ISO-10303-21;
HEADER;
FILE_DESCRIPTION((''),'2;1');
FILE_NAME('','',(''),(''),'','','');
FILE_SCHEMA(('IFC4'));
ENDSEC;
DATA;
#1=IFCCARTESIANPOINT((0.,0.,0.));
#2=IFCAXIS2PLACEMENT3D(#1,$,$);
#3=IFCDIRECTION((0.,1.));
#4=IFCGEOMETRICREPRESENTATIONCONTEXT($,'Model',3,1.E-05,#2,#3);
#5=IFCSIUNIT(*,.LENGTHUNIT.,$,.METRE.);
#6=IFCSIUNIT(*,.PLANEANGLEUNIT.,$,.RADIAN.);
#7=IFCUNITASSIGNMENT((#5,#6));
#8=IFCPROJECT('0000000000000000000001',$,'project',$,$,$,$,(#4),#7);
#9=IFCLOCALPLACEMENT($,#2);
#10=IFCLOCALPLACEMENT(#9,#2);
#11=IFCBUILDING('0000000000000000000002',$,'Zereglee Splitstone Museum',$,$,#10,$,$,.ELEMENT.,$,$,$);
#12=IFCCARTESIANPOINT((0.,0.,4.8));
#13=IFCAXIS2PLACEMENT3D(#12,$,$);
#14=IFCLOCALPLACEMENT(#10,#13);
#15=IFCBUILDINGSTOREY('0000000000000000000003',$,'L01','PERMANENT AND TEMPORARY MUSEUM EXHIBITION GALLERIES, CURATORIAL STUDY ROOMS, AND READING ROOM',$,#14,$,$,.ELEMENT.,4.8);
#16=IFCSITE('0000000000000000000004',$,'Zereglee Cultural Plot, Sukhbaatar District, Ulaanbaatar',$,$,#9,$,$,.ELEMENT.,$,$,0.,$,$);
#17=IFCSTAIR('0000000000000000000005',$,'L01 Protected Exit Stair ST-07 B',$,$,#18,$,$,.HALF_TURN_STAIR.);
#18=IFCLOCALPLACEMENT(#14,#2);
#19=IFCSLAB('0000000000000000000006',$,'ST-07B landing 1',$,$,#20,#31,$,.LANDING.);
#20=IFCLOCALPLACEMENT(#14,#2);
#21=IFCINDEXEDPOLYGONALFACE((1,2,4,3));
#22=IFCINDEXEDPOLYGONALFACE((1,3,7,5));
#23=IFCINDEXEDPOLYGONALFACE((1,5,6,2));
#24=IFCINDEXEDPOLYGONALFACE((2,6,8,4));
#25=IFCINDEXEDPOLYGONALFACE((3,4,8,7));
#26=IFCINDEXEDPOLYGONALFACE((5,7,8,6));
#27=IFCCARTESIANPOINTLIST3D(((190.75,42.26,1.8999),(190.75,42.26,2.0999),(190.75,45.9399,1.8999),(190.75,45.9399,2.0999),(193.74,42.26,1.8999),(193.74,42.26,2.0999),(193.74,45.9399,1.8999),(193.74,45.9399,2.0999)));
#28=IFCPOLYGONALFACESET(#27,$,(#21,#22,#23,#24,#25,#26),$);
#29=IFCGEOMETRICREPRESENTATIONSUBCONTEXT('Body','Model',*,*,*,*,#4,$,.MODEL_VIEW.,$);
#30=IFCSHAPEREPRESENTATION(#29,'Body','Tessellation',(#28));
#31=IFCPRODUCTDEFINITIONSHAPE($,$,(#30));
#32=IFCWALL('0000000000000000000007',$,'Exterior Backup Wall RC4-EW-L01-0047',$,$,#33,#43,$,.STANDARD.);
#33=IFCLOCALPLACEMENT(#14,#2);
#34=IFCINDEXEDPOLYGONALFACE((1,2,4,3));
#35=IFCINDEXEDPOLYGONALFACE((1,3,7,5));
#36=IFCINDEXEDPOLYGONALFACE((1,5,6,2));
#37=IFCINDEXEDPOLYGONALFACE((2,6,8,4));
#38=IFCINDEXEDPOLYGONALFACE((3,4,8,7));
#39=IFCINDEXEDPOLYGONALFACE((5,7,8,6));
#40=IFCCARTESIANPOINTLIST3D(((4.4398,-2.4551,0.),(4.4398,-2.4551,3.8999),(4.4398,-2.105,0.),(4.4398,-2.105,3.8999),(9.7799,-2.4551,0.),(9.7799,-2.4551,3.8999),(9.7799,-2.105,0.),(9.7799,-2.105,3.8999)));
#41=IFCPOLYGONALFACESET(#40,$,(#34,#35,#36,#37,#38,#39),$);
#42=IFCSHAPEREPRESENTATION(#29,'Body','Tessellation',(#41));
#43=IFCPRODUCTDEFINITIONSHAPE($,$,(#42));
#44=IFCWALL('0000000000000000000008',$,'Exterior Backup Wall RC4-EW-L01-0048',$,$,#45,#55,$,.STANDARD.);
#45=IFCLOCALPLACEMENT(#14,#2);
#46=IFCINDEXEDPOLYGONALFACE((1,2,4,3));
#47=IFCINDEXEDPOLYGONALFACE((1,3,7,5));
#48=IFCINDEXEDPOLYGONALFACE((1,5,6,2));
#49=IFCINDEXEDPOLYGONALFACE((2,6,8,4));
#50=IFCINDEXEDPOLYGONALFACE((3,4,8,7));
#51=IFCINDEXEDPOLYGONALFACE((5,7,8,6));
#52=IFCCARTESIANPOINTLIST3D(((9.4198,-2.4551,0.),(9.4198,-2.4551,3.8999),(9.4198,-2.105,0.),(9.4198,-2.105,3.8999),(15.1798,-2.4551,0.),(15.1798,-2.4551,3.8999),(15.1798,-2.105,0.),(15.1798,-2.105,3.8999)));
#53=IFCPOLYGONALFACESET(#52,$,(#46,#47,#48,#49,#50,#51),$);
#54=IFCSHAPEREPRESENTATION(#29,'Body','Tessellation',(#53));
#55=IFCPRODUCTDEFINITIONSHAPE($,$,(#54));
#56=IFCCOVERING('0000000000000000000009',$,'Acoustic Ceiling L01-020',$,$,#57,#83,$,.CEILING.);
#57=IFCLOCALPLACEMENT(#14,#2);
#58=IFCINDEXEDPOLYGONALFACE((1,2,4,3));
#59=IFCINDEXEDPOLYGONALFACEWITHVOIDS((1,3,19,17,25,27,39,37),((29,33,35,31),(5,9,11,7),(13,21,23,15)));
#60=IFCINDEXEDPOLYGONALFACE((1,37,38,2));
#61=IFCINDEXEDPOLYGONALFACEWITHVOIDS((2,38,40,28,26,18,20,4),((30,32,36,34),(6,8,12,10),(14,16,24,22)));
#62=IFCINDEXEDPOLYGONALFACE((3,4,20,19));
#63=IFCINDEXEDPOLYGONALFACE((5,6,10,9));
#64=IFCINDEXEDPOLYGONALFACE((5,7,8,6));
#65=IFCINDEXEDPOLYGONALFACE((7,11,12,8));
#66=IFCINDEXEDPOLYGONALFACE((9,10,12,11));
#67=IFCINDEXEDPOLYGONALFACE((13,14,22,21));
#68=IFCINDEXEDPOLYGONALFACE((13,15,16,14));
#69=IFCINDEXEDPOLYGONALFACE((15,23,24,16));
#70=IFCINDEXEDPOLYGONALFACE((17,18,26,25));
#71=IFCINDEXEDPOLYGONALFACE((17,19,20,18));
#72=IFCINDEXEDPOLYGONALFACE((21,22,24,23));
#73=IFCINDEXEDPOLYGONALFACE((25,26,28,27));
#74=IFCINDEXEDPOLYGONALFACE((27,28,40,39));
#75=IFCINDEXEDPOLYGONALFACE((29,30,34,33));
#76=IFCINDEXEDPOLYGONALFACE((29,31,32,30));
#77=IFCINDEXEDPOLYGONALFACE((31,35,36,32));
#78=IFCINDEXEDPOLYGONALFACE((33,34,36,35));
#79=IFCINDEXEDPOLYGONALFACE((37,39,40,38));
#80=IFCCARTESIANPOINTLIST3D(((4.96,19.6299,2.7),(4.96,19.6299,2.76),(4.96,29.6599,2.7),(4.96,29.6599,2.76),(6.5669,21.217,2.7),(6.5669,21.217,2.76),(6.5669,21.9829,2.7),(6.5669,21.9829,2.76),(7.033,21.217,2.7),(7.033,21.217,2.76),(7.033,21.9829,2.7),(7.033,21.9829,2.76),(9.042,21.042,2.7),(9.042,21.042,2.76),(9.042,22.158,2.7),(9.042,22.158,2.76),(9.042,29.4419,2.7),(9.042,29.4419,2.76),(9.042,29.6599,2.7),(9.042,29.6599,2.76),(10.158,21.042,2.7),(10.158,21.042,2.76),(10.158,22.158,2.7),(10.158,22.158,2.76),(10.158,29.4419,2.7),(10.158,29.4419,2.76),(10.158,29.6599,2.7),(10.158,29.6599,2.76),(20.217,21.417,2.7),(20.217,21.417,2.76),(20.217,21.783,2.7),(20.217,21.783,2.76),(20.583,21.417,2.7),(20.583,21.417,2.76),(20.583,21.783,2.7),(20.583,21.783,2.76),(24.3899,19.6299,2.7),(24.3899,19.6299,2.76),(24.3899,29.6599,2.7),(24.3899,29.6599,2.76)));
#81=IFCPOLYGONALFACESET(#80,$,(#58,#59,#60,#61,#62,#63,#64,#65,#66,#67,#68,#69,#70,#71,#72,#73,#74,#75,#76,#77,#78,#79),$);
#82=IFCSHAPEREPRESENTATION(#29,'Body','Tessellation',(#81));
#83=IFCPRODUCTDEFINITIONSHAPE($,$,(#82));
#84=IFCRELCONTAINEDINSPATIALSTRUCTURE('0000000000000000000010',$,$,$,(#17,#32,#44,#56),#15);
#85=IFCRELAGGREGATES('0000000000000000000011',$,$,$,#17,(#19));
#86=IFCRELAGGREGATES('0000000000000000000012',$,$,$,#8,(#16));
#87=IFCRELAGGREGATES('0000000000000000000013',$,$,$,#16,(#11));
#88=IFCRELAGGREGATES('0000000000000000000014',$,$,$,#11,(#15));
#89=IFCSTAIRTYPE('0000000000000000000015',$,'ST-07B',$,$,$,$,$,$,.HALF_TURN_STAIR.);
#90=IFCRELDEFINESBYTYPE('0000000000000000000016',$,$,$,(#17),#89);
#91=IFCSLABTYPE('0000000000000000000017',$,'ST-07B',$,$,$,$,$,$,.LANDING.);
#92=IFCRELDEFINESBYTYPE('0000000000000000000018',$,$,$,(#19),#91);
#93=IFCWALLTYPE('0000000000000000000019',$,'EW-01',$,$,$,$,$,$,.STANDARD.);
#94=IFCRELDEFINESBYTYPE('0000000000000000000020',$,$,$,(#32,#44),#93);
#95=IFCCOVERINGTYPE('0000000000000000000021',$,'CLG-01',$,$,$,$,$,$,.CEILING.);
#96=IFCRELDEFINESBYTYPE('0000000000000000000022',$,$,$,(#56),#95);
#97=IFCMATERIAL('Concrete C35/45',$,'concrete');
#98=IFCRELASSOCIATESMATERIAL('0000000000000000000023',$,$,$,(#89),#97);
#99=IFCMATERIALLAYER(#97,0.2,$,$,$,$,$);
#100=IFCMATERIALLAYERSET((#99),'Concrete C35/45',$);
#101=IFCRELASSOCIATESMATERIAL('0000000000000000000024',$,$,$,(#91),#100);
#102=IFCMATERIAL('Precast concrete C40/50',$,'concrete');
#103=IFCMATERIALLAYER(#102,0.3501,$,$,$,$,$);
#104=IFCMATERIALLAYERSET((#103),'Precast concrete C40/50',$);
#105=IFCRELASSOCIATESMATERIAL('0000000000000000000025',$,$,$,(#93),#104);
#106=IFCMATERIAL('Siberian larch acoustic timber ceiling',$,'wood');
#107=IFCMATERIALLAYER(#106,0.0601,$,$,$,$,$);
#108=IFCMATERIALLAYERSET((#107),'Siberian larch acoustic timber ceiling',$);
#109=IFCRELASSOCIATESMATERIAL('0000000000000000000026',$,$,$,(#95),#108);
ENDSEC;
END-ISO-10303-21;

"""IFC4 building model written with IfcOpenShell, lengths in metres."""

from ifc_helpers import new_model, si_unit, direction, frame, frame_2d, origin, place, context, subcontext, project, spatial, polyline, rectangle, outline, extrude, material, layer, layer_set, type_object, element, aggregate, save


model = new_model("IFC4")

# Units and contexts
model_context = context("Model", 3, precision=1e-05, world=origin(), true_north=direction((0.0, 1.0)))
body_context = subcontext(model_context, "Body", "Model", "MODEL_VIEW")
ifc_project = project(units=[si_unit("LENGTHUNIT", "METRE"), si_unit("PLANEANGLEUNIT", "RADIAN")], contexts=[model_context])

# Site, building, storey
site_placement = place(None, origin())
site = spatial("IfcSite", under=ifc_project, at=site_placement, Name="Zereglee Cultural Plot, Sukhbaatar District, Ulaanbaatar", CompositionType="ELEMENT", RefElevation=0.0)
building_placement = place(site_placement, origin())
building = spatial("IfcBuilding", under=site, at=building_placement, Name="Zereglee Splitstone Museum", CompositionType="ELEMENT")
storey_placement = place(building_placement, frame((0.0, 0.0, 4.8)))
storey = spatial("IfcBuildingStorey", under=building, at=storey_placement, Name="L01", Description="PERMANENT AND TEMPORARY MUSEUM EXHIBITION GALLERIES, CURATORIAL STUDY ROOMS, AND READING ROOM", CompositionType="ELEMENT", Elevation=4.8)

# Stair, slab
ifc_material_1 = material(Name="Concrete C35/45", Category="concrete")
stair_type_1 = type_object("IfcStairType", Name="ST-07B", PredefinedType="HALF_TURN_STAIR", material=ifc_material_1)
stair_1_placement = place(storey_placement, origin())
stair_1 = element("IfcStair", 1, at=stair_1_placement, inside=storey, type_object=stair_type_1, Name="L01 Protected Exit Stair ST-07 B", PredefinedType="HALF_TURN_STAIR")
ifc_layer_1 = layer(ifc_material_1, 0.2)
ifc_layer_set_1 = layer_set([ifc_layer_1], Name="Concrete C35/45")
slab_type_1 = type_object("IfcSlabType", Name="ST-07B", PredefinedType="LANDING", material=ifc_layer_set_1)
slab_1_placement = place(storey_placement, frame((0.0, 0.0, 1.8999)))
slab_1 = element("IfcSlab", 2, at=slab_1_placement, type_object=slab_type_1, Name="ST-07B landing 1", PredefinedType="LANDING", context=body_context, shape_type="SweptSolid", body=[
    extrude(outline(polyline([(190.75, 42.26), (193.74, 42.26), (193.74, 45.9399), (190.75, 45.9399), (190.75, 42.26)])), origin(), (0.0, 0.0, 1.0), 0.2),
])
aggregate(stair_1, [slab_1])

# Walls
ifc_material_2 = material(Name="Precast concrete C40/50", Category="concrete")
ifc_layer_2 = layer(ifc_material_2, 0.3501)
ifc_layer_set_2 = layer_set([ifc_layer_2], Name="Precast concrete C40/50")
wall_type = type_object("IfcWallType", Name="EW-01", PredefinedType="STANDARD", material=ifc_layer_set_2)
wall_1_placement = place(storey_placement, frame((4.4399, -2.28, 0.0), z_axis=(0.0, 0.0, 1.0), x_axis=(1.0, 0.0, 0.0)))
element("IfcWall", 3, at=wall_1_placement, inside=storey, type_object=wall_type, Name="Exterior Backup Wall RC4-EW-L01-0047", PredefinedType="STANDARD", context=body_context, shape_type="SweptSolid", body=[
    extrude(rectangle(XDim=5.3401, YDim=0.3501, at=frame_2d((2.6699, 0.0))), origin(), (0.0, 0.0, 1.0), 3.8999),
])
wall_2_placement = place(storey_placement, frame((9.4199, -2.28, 0.0), z_axis=(0.0, 0.0, 1.0), x_axis=(1.0, 0.0, 0.0)))
element("IfcWall", 4, at=wall_2_placement, inside=storey, type_object=wall_type, Name="Exterior Backup Wall RC4-EW-L01-0048", PredefinedType="STANDARD", context=body_context, shape_type="SweptSolid", body=[
    extrude(rectangle(XDim=5.76, YDim=0.3501, at=frame_2d((2.8799, 0.0))), origin(), (0.0, 0.0, 1.0), 3.8999),
])

# Covering
ifc_material_3 = material(Name="Siberian larch acoustic timber ceiling", Category="wood")
ifc_layer_3 = layer(ifc_material_3, 0.0601)
ifc_layer_set_3 = layer_set([ifc_layer_3], Name="Siberian larch acoustic timber ceiling")
covering_type_1 = type_object("IfcCoveringType", Name="CLG-01", PredefinedType="CEILING", material=ifc_layer_set_3)
covering_1_placement = place(storey_placement, frame((0.0, 0.0, 2.7)))
element("IfcCovering", 5, at=covering_1_placement, inside=storey, type_object=covering_type_1, Name="Acoustic Ceiling L01-020", PredefinedType="CEILING", context=body_context, shape_type="SweptSolid", body=[
    extrude(outline(polyline([(4.96, 29.6599), (9.042, 29.6599), (9.042, 29.4419), (10.158, 29.4419), (10.158, 29.6599), (24.3899, 29.6599), (24.3899, 19.6299), (4.96, 19.6299), (4.96, 29.6599)]), holes=[polyline([(7.033, 21.9829), (6.5669, 21.9829), (6.5669, 21.217), (7.033, 21.217), (7.033, 21.9829)]), polyline([(20.217, 21.783), (20.217, 21.417), (20.583, 21.417), (20.583, 21.783), (20.217, 21.783)]), polyline([(9.042, 22.158), (9.042, 21.042), (10.158, 21.042), (10.158, 22.158), (9.042, 22.158)])]), origin(), (0.0, 0.0, 1.0), 0.0601),
])

save(model, "model.ifc")
